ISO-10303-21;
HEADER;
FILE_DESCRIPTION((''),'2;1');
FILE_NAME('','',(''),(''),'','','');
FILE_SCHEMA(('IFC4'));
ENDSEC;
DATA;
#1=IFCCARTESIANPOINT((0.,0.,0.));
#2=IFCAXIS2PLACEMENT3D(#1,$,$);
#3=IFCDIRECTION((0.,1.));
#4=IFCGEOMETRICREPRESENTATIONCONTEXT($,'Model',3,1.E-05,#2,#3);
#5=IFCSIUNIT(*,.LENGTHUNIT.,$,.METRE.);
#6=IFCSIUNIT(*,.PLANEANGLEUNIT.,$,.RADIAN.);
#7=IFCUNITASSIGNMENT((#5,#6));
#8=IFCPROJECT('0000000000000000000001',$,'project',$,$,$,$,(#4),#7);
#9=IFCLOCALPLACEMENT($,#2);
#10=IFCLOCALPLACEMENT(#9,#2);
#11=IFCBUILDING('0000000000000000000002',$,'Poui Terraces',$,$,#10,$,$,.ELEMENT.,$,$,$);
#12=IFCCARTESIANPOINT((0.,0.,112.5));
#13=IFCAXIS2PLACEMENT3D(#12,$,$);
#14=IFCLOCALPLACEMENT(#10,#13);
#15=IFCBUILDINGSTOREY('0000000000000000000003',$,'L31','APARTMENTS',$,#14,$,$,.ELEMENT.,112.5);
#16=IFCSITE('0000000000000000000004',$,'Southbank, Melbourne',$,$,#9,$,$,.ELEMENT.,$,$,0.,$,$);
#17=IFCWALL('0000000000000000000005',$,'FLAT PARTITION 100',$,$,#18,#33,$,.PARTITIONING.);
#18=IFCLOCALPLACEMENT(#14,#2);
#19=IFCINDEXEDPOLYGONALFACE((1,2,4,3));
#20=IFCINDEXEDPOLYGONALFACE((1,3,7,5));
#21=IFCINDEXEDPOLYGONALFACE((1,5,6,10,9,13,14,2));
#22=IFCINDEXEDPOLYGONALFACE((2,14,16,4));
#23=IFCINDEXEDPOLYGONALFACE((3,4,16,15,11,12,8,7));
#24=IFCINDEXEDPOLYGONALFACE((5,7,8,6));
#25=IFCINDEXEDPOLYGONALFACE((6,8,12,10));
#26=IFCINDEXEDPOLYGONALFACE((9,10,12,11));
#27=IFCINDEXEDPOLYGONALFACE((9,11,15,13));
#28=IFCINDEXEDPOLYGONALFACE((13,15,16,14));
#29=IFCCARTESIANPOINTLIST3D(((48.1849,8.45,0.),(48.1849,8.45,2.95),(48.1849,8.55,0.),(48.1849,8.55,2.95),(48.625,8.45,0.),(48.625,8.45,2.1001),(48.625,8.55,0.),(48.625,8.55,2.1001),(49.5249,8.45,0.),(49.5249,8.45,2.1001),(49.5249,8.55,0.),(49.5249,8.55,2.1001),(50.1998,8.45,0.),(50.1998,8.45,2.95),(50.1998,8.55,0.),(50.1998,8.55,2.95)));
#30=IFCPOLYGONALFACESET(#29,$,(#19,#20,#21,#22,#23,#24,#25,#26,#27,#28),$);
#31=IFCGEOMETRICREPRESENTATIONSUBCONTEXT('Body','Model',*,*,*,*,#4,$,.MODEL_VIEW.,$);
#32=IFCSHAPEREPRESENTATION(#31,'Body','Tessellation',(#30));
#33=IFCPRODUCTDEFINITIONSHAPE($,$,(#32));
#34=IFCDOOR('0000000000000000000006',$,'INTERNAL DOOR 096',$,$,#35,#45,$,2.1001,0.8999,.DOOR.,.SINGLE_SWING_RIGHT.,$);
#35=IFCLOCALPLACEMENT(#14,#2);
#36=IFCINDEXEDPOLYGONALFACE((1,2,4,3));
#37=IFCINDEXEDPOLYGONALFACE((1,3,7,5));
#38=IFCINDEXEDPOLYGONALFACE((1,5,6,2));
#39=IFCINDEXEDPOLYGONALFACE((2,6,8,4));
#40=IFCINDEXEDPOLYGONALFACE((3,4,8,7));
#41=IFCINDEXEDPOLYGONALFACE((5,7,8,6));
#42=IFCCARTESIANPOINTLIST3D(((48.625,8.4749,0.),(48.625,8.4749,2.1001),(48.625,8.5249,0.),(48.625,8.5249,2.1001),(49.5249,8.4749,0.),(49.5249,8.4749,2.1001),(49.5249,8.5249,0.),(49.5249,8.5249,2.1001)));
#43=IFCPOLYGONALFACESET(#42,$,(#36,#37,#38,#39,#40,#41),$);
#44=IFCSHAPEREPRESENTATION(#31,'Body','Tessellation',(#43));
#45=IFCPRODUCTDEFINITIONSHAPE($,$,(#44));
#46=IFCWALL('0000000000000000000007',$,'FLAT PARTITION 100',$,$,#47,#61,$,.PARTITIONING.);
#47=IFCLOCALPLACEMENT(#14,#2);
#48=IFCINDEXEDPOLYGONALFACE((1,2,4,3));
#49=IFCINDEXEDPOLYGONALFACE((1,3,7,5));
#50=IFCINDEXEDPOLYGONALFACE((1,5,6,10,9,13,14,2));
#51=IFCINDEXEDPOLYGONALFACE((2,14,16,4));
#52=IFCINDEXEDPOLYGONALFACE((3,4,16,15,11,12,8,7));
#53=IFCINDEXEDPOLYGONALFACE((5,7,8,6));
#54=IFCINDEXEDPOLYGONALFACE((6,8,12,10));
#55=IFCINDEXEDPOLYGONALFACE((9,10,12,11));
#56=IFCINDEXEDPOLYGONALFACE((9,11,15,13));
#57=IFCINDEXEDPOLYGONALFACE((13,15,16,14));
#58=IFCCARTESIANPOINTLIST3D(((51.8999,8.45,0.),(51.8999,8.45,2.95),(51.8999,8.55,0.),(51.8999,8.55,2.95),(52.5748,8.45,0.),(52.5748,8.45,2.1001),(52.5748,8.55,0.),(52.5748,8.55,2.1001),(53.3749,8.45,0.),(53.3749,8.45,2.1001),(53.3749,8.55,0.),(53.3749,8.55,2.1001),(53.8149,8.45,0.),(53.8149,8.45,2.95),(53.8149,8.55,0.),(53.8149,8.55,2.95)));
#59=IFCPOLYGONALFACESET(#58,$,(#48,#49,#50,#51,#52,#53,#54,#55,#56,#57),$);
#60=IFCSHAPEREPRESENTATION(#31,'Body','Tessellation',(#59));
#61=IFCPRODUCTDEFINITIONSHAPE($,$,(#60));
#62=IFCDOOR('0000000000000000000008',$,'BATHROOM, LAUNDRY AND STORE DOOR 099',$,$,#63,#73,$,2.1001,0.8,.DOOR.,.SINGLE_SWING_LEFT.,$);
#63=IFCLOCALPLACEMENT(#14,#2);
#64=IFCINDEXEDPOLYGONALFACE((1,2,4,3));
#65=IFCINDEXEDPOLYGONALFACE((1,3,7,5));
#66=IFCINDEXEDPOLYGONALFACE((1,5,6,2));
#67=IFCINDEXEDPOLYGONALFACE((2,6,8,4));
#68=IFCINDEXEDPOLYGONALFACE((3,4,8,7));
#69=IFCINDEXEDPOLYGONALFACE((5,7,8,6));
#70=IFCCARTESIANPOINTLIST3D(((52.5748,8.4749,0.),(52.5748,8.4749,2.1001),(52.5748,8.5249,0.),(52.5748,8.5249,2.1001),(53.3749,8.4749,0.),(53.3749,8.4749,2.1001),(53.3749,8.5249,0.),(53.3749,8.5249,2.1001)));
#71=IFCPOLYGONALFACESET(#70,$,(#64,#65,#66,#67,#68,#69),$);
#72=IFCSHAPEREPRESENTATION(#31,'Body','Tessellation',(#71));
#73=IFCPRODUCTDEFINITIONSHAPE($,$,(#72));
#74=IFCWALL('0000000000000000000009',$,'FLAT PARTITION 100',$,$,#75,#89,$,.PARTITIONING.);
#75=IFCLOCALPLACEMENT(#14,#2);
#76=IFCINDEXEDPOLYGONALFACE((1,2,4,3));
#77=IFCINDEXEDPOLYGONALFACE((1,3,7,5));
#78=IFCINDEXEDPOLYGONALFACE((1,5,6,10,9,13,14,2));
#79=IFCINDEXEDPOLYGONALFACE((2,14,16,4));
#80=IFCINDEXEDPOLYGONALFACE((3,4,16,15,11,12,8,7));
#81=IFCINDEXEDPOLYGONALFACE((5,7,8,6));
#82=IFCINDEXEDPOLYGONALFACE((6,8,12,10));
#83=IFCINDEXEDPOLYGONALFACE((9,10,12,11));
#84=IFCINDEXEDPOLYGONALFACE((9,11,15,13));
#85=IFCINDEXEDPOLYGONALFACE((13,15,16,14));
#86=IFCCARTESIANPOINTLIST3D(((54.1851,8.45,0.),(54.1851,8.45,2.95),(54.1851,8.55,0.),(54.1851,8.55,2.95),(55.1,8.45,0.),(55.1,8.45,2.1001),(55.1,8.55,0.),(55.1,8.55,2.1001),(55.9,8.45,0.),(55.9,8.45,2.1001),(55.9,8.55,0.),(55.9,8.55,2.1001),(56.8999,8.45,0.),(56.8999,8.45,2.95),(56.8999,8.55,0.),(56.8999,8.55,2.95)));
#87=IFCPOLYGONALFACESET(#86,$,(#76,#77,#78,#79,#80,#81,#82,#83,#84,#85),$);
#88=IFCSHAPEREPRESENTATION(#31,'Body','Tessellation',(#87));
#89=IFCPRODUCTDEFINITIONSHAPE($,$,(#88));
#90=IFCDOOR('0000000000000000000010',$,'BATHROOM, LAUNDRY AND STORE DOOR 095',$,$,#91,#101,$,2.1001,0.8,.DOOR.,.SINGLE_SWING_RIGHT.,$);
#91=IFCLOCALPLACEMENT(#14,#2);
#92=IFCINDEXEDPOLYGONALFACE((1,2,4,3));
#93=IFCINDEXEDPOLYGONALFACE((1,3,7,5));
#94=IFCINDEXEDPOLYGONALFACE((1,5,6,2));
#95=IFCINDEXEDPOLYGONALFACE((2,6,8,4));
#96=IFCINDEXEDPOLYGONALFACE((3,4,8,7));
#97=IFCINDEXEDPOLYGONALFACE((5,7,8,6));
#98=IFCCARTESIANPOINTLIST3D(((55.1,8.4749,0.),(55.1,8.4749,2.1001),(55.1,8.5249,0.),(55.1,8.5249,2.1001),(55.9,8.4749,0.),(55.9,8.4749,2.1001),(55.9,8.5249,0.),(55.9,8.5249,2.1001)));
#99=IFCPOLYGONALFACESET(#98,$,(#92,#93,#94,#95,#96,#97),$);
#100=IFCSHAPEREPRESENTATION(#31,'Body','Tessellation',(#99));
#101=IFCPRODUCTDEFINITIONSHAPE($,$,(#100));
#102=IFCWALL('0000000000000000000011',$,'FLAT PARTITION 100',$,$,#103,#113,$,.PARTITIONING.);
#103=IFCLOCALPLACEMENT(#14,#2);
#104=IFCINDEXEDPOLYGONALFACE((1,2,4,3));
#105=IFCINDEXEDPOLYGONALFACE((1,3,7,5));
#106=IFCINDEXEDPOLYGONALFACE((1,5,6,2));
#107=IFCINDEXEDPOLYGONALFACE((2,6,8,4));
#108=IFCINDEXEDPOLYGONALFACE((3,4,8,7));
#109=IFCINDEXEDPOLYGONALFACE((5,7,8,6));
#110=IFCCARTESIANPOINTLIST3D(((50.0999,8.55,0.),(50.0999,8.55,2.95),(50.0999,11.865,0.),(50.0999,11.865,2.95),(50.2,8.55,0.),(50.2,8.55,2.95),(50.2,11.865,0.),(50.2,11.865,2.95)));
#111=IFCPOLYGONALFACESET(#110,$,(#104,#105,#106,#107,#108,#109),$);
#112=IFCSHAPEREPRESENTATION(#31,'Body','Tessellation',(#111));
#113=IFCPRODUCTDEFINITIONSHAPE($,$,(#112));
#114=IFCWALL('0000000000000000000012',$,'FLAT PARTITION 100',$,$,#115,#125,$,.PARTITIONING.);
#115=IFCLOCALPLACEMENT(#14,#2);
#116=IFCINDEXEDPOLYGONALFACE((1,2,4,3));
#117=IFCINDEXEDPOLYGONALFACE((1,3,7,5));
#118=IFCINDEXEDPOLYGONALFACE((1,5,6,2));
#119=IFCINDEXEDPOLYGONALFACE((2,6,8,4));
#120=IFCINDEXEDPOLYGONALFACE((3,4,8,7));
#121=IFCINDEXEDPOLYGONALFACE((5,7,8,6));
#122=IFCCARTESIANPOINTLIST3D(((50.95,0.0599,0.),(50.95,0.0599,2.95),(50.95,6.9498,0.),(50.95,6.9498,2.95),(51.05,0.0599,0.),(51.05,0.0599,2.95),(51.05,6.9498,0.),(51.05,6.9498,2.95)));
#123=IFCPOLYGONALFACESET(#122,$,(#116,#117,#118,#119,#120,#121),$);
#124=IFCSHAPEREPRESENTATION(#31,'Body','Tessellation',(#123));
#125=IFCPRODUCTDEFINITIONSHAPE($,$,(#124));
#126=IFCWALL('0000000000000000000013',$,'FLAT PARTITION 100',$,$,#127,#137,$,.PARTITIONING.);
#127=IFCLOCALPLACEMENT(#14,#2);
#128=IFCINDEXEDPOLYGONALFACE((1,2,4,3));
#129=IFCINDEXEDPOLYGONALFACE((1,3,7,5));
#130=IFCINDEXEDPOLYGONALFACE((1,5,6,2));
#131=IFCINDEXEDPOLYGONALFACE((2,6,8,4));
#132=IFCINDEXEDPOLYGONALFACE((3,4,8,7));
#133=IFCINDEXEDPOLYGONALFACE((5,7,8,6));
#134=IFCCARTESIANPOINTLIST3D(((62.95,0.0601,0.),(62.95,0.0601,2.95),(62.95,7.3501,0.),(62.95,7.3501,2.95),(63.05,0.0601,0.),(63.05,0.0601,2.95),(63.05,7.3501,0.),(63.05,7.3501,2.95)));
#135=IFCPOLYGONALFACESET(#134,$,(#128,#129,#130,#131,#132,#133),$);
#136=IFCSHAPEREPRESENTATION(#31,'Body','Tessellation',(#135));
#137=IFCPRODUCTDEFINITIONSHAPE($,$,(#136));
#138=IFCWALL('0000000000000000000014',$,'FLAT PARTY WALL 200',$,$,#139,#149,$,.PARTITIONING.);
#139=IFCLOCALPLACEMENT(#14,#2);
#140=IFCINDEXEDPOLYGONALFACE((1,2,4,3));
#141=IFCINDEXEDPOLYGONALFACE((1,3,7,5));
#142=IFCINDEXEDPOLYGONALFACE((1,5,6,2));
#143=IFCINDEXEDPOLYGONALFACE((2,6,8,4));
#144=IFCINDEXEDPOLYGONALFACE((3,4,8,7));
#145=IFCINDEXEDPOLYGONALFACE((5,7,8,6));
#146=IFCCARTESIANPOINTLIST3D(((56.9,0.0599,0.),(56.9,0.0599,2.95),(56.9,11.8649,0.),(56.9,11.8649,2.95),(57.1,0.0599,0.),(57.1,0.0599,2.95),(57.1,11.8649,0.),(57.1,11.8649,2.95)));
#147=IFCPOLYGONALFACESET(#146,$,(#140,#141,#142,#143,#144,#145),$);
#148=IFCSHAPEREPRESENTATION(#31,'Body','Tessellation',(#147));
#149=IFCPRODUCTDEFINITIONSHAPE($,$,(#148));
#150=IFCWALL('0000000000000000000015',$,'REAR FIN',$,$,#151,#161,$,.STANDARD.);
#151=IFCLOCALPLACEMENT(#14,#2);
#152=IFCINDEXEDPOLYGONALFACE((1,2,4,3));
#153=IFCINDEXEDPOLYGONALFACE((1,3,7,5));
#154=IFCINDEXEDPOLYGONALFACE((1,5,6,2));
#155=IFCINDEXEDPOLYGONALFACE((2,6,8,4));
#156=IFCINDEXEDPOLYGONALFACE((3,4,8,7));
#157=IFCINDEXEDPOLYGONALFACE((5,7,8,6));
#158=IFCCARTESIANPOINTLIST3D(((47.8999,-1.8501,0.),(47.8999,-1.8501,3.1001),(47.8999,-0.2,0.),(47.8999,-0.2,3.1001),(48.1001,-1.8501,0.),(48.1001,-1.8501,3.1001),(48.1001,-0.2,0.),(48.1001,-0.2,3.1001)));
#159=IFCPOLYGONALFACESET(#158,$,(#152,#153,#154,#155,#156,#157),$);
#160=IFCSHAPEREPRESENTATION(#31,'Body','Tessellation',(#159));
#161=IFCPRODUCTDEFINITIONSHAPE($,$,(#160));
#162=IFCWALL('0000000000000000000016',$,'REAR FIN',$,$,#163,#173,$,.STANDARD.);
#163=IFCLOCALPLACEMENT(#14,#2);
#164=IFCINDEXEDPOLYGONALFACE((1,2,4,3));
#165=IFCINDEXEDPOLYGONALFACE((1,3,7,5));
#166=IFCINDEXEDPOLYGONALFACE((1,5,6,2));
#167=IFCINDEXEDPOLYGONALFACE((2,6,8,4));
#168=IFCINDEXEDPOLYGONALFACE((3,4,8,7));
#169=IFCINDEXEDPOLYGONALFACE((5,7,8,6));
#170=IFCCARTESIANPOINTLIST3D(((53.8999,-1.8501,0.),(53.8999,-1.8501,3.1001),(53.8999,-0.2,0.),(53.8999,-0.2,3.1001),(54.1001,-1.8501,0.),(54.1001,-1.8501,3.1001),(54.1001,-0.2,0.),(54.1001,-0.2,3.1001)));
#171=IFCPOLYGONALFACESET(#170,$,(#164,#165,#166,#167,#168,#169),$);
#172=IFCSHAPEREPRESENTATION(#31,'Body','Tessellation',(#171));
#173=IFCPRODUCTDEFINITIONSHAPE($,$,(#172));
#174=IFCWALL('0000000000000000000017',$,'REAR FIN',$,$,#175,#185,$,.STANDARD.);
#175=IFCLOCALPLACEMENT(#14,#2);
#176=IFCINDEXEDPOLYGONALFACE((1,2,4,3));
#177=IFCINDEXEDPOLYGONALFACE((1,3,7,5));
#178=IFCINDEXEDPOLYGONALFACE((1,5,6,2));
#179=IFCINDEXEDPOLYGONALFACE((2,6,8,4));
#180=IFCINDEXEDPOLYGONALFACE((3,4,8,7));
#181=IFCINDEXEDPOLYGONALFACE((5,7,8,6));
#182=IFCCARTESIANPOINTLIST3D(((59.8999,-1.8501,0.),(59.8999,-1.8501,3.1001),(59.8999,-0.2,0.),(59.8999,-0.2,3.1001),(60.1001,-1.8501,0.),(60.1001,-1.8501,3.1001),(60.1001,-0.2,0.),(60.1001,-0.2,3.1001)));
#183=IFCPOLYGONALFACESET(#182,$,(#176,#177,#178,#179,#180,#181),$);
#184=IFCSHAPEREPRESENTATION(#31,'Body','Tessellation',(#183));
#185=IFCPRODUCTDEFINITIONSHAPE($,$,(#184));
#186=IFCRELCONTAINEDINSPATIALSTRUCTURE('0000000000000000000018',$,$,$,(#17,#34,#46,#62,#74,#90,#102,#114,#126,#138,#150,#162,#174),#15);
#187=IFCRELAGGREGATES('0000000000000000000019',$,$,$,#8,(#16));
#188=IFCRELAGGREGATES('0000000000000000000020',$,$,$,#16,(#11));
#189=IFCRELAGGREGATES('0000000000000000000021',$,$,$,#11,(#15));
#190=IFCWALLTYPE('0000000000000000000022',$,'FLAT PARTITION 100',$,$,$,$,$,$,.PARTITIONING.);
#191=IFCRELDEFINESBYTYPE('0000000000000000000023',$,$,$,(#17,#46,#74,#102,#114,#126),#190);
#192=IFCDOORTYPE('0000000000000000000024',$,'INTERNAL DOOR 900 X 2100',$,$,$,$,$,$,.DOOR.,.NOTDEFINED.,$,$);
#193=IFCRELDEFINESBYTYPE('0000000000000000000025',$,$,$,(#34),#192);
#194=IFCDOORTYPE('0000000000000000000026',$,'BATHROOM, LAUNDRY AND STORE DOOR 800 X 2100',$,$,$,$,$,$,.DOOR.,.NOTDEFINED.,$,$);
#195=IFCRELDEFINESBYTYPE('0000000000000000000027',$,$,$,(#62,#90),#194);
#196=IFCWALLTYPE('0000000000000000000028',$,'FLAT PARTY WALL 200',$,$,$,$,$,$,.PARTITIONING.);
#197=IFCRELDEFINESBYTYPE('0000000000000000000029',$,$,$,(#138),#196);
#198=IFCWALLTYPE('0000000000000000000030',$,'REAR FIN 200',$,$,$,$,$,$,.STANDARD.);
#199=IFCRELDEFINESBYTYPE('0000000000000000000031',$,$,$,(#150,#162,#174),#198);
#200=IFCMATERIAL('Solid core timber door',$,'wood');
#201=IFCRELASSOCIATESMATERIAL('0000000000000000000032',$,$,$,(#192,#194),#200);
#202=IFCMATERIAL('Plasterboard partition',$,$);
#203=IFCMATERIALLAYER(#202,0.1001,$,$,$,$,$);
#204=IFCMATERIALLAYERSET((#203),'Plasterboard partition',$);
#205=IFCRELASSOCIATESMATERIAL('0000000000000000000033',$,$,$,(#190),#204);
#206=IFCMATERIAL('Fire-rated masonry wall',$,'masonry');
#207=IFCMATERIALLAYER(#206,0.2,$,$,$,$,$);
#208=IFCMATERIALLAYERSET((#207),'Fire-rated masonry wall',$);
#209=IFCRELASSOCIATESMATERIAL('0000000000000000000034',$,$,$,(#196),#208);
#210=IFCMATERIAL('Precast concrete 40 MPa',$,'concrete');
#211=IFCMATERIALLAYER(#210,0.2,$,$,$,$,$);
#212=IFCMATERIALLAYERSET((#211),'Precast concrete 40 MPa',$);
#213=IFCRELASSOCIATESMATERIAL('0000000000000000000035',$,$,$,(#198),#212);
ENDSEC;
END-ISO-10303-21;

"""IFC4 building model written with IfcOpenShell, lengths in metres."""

from ifc_helpers import new_model, si_unit, direction, frame, frame_2d, origin, place, context, subcontext, project, spatial, polyline, rectangle, outline, extrude, source, transform, mapped, material, layer, layer_set, type_object, element, fill, save


model = new_model("IFC4")

# Units and contexts
model_context = context("Model", 3, precision=1e-05, world=origin(), true_north=direction((0.0, 1.0)))
body_context = subcontext(model_context, "Body", "Model", "MODEL_VIEW")
ifc_project = project(units=[si_unit("LENGTHUNIT", "METRE"), si_unit("PLANEANGLEUNIT", "RADIAN")], contexts=[model_context])

# Site, building, storey
site_placement = place(None, origin())
site = spatial("IfcSite", under=ifc_project, at=site_placement, Name="Southbank, Melbourne", CompositionType="ELEMENT", RefElevation=0.0)
building_placement = place(site_placement, origin())
building = spatial("IfcBuilding", under=site, at=building_placement, Name="Poui Terraces", CompositionType="ELEMENT")
storey_placement = place(building_placement, frame((0.0, 0.0, 112.5)))
storey = spatial("IfcBuildingStorey", under=building, at=storey_placement, Name="L31", Description="APARTMENTS", CompositionType="ELEMENT", Elevation=112.5)

# Shared definitions
ifc_material_1 = material(Name="Precast concrete 40 MPa", Category="concrete")

# Shared definitions
ifc_material_2 = material(Name="Solid core timber door", Category="wood")
door_type_1 = type_object("IfcDoorType", Name="INTERNAL DOOR 900 X 2100", OperationType="NOTDEFINED", PredefinedType="DOOR", material=ifc_material_2)

# Walls, openings, doors
ifc_material_3 = material(Name="Plasterboard partition")
ifc_layer_1 = layer(ifc_material_3, 0.1001)
ifc_layer_set_1 = layer_set([ifc_layer_1], Name="Plasterboard partition")
wall_type_1 = type_object("IfcWallType", Name="FLAT PARTITION 100", PredefinedType="PARTITIONING", material=ifc_layer_set_1)
wall_1_placement = place(storey_placement, frame((48.1851, 8.5, 0.0), z_axis=(0.0, 0.0, 1.0), x_axis=(1.0, 0.0, 0.0)))
wall_1 = element("IfcWall", 1, at=wall_1_placement, inside=storey, type_object=wall_type_1, Name="FLAT PARTITION 100", PredefinedType="PARTITIONING", context=body_context, shape_type="SweptSolid", body=[
    extrude(rectangle(XDim=2.0149, YDim=0.1001, at=frame_2d((1.0073, 0.0))), origin(), (0.0, 0.0, 1.0), 2.95),
])
opening_1_placement = place(wall_1_placement, frame((0.4399, 0.0, 0.0)))
opening_1 = element("IfcOpeningElement", 2, at=opening_1_placement, cuts=wall_1, PredefinedType="OPENING", context=body_context, shape_type="SweptSolid", body=[
    extrude(rectangle(XDim=0.8999, YDim=2.1001, at=frame_2d((0.45, 1.05))), frame((0.0, 0.0601, 0.0), z_axis=(0.0, -1.0, 0.0), x_axis=(1.0, 0.0, 0.0)), (0.0, 0.0, 1.0), 0.1201),
])
door_1_placement = place(opening_1_placement, origin())
door_1 = element("IfcDoor", 3, at=door_1_placement, inside=storey, type_object=door_type_1, Name="INTERNAL DOOR 096", OperationType="SINGLE_SWING_RIGHT", OverallHeight=2.1001, OverallWidth=0.8999, PredefinedType="DOOR", context=body_context, shape_type="SweptSolid", body=[
    extrude(rectangle(XDim=0.8999, YDim=2.1001, at=frame_2d((0.45, 1.05))), frame((0.0, 0.0249, 0.0), z_axis=(0.0, -1.0, 0.0), x_axis=(1.0, 0.0, 0.0)), (0.0, 0.0, 1.0), 0.05),
])
fill(opening_1, door_1)
wall_2_placement = place(storey_placement, frame((51.8999, 8.5, 0.0), z_axis=(0.0, 0.0, 1.0), x_axis=(1.0, 0.0, 0.0)))
wall_2 = element("IfcWall", 4, at=wall_2_placement, inside=storey, type_object=wall_type_1, Name="FLAT PARTITION 100", PredefinedType="PARTITIONING", context=body_context, shape_type="SweptSolid", body=[
    extrude(rectangle(XDim=1.915, YDim=0.1001, at=frame_2d((0.9575, 0.0))), origin(), (0.0, 0.0, 1.0), 2.95),
])
opening_2_placement = place(wall_2_placement, frame((0.675, 0.0, 0.0)))
opening_2 = element("IfcOpeningElement", 5, at=opening_2_placement, cuts=wall_2, PredefinedType="OPENING", context=body_context, shape_type="SweptSolid", body=[
    extrude(rectangle(XDim=0.8, YDim=2.1001, at=frame_2d((0.3999, 1.05))), frame((0.0, 0.0601, 0.0), z_axis=(0.0, -1.0, 0.0), x_axis=(1.0, 0.0, 0.0)), (0.0, 0.0, 1.0), 0.1201),
])
door_type_2 = type_object("IfcDoorType", Name="BATHROOM, LAUNDRY AND STORE DOOR 800 X 2100", OperationType="NOTDEFINED", PredefinedType="DOOR", material=ifc_material_2)
door_2_placement = place(opening_2_placement, origin())
door_2 = element("IfcDoor", 6, at=door_2_placement, inside=storey, type_object=door_type_2, Name="BATHROOM, LAUNDRY AND STORE DOOR 099", OperationType="SINGLE_SWING_LEFT", OverallHeight=2.1001, OverallWidth=0.8, PredefinedType="DOOR", context=body_context, shape_type="SweptSolid", body=[
    extrude(rectangle(XDim=0.8, YDim=2.1001, at=frame_2d((0.3999, 1.05))), frame((0.0, 0.0249, 0.0), z_axis=(0.0, -1.0, 0.0), x_axis=(1.0, 0.0, 0.0)), (0.0, 0.0, 1.0), 0.05),
])
fill(opening_2, door_2)
wall_3_placement = place(storey_placement, frame((54.1851, 8.5, 0.0), z_axis=(0.0, 0.0, 1.0), x_axis=(1.0, 0.0, 0.0)))
wall_3 = element("IfcWall", 7, at=wall_3_placement, inside=storey, type_object=wall_type_1, Name="FLAT PARTITION 100", PredefinedType="PARTITIONING", context=body_context, shape_type="SweptSolid", body=[
    extrude(rectangle(XDim=2.7148, YDim=0.1001, at=frame_2d((1.3574, 0.0))), origin(), (0.0, 0.0, 1.0), 2.95),
])
opening_3_placement = place(wall_3_placement, frame((0.915, 0.0, 0.0)))
opening_3 = element("IfcOpeningElement", 8, at=opening_3_placement, cuts=wall_3, PredefinedType="OPENING", context=body_context, shape_type="SweptSolid", body=[
    extrude(rectangle(XDim=0.8, YDim=2.1001, at=frame_2d((0.3999, 1.05))), frame((0.0, 0.0601, 0.0), z_axis=(0.0, -1.0, 0.0), x_axis=(1.0, 0.0, 0.0)), (0.0, 0.0, 1.0), 0.1201),
])
door_3_placement = place(opening_3_placement, origin())
door_3 = element("IfcDoor", 9, at=door_3_placement, inside=storey, type_object=door_type_2, Name="BATHROOM, LAUNDRY AND STORE DOOR 095", OperationType="SINGLE_SWING_RIGHT", OverallHeight=2.1001, OverallWidth=0.8, PredefinedType="DOOR", context=body_context, shape_type="SweptSolid", body=[
    extrude(rectangle(XDim=0.8, YDim=2.1001, at=frame_2d((0.3999, 1.05))), frame((0.0, 0.0249, 0.0), z_axis=(0.0, -1.0, 0.0), x_axis=(1.0, 0.0, 0.0)), (0.0, 0.0, 1.0), 0.05),
])
fill(opening_3, door_3)

# Walls
wall_4_placement = place(storey_placement, frame((50.1499, 8.55, 0.0), z_axis=(0.0, 0.0, 1.0), x_axis=(0.0, 1.0, 0.0)))
element("IfcWall", 10, at=wall_4_placement, inside=storey, type_object=wall_type_1, Name="FLAT PARTITION 100", PredefinedType="PARTITIONING", context=body_context, shape_type="SweptSolid", body=[
    extrude(rectangle(XDim=3.3149, YDim=0.1001, at=frame_2d((1.6575, 0.0))), origin(), (0.0, 0.0, 1.0), 2.95),
])
wall_5_placement = place(storey_placement, frame((51.0, 0.0601, 0.0), z_axis=(0.0, 0.0, 1.0), x_axis=(0.0, 1.0, 0.0)))
element("IfcWall", 11, at=wall_5_placement, inside=storey, type_object=wall_type_1, Name="FLAT PARTITION 100", PredefinedType="PARTITIONING", context=body_context, shape_type="SweptSolid", body=[
    extrude(rectangle(XDim=6.8899, YDim=0.1001, at=frame_2d((3.4448, 0.0))), origin(), (0.0, 0.0, 1.0), 2.95),
])
wall_6_placement = place(storey_placement, frame((63.0, 0.0601, 0.0), z_axis=(0.0, 0.0, 1.0), x_axis=(0.0, 1.0, 0.0)))
element("IfcWall", 12, at=wall_6_placement, inside=storey, type_object=wall_type_1, Name="FLAT PARTITION 100", PredefinedType="PARTITIONING", context=body_context, shape_type="SweptSolid", body=[
    extrude(rectangle(XDim=7.29, YDim=0.1001, at=frame_2d((3.645, 0.0))), origin(), (0.0, 0.0, 1.0), 2.95),
])
ifc_material_4 = material(Name="Fire-rated masonry wall", Category="masonry")
ifc_layer_2 = layer(ifc_material_4, 0.2)
ifc_layer_set_2 = layer_set([ifc_layer_2], Name="Fire-rated masonry wall")
wall_type_2 = type_object("IfcWallType", Name="FLAT PARTY WALL 200", PredefinedType="PARTITIONING", material=ifc_layer_set_2)
wall_7_placement = place(storey_placement, frame((57.0, 0.0601, 0.0), z_axis=(0.0, 0.0, 1.0), x_axis=(0.0, 1.0, 0.0)))
element("IfcWall", 13, at=wall_7_placement, inside=storey, type_object=wall_type_2, Name="FLAT PARTY WALL 200", PredefinedType="PARTITIONING", context=body_context, shape_type="SweptSolid", body=[
    extrude(rectangle(XDim=11.8049, YDim=0.2, at=frame_2d((5.9023, 0.0))), origin(), (0.0, 0.0, 1.0), 2.95),
])
ifc_layer_3 = layer(ifc_material_1, 0.2)
ifc_layer_set_3 = layer_set([ifc_layer_3], Name="Precast concrete 40 MPa")
wall_type_3 = type_object("IfcWallType", Name="REAR FIN 200", PredefinedType="STANDARD", material=ifc_layer_set_3)
shared_shape_1 = source(origin(), body_context, "Body", "SweptSolid", [
    extrude(outline(polyline([(0.0, 0.0), (0.2002, 0.0), (0.2002, 1.6501), (0.0, 1.6501), (0.0, 0.0)])), origin(), (0.0, 0.0, 1.0), 3.1001),
])
for number, where, name in (
    (14, (47.8999, -1.8501, 0.0), "REAR FIN"),
    (15, (53.8999, -1.8501, 0.0), "REAR FIN"),
    (16, (59.8999, -1.8501, 0.0), "REAR FIN"),
):
    element("IfcWall", number, at=place(storey_placement, frame(where)), inside=storey, type_object=wall_type_3, Name=name, PredefinedType="STANDARD", context=body_context, shape_type="MappedRepresentation", body=[
        mapped(shared_shape_1, transform((0.0, 0.0, 0.0))),
    ])

save(model, "model.ifc")
